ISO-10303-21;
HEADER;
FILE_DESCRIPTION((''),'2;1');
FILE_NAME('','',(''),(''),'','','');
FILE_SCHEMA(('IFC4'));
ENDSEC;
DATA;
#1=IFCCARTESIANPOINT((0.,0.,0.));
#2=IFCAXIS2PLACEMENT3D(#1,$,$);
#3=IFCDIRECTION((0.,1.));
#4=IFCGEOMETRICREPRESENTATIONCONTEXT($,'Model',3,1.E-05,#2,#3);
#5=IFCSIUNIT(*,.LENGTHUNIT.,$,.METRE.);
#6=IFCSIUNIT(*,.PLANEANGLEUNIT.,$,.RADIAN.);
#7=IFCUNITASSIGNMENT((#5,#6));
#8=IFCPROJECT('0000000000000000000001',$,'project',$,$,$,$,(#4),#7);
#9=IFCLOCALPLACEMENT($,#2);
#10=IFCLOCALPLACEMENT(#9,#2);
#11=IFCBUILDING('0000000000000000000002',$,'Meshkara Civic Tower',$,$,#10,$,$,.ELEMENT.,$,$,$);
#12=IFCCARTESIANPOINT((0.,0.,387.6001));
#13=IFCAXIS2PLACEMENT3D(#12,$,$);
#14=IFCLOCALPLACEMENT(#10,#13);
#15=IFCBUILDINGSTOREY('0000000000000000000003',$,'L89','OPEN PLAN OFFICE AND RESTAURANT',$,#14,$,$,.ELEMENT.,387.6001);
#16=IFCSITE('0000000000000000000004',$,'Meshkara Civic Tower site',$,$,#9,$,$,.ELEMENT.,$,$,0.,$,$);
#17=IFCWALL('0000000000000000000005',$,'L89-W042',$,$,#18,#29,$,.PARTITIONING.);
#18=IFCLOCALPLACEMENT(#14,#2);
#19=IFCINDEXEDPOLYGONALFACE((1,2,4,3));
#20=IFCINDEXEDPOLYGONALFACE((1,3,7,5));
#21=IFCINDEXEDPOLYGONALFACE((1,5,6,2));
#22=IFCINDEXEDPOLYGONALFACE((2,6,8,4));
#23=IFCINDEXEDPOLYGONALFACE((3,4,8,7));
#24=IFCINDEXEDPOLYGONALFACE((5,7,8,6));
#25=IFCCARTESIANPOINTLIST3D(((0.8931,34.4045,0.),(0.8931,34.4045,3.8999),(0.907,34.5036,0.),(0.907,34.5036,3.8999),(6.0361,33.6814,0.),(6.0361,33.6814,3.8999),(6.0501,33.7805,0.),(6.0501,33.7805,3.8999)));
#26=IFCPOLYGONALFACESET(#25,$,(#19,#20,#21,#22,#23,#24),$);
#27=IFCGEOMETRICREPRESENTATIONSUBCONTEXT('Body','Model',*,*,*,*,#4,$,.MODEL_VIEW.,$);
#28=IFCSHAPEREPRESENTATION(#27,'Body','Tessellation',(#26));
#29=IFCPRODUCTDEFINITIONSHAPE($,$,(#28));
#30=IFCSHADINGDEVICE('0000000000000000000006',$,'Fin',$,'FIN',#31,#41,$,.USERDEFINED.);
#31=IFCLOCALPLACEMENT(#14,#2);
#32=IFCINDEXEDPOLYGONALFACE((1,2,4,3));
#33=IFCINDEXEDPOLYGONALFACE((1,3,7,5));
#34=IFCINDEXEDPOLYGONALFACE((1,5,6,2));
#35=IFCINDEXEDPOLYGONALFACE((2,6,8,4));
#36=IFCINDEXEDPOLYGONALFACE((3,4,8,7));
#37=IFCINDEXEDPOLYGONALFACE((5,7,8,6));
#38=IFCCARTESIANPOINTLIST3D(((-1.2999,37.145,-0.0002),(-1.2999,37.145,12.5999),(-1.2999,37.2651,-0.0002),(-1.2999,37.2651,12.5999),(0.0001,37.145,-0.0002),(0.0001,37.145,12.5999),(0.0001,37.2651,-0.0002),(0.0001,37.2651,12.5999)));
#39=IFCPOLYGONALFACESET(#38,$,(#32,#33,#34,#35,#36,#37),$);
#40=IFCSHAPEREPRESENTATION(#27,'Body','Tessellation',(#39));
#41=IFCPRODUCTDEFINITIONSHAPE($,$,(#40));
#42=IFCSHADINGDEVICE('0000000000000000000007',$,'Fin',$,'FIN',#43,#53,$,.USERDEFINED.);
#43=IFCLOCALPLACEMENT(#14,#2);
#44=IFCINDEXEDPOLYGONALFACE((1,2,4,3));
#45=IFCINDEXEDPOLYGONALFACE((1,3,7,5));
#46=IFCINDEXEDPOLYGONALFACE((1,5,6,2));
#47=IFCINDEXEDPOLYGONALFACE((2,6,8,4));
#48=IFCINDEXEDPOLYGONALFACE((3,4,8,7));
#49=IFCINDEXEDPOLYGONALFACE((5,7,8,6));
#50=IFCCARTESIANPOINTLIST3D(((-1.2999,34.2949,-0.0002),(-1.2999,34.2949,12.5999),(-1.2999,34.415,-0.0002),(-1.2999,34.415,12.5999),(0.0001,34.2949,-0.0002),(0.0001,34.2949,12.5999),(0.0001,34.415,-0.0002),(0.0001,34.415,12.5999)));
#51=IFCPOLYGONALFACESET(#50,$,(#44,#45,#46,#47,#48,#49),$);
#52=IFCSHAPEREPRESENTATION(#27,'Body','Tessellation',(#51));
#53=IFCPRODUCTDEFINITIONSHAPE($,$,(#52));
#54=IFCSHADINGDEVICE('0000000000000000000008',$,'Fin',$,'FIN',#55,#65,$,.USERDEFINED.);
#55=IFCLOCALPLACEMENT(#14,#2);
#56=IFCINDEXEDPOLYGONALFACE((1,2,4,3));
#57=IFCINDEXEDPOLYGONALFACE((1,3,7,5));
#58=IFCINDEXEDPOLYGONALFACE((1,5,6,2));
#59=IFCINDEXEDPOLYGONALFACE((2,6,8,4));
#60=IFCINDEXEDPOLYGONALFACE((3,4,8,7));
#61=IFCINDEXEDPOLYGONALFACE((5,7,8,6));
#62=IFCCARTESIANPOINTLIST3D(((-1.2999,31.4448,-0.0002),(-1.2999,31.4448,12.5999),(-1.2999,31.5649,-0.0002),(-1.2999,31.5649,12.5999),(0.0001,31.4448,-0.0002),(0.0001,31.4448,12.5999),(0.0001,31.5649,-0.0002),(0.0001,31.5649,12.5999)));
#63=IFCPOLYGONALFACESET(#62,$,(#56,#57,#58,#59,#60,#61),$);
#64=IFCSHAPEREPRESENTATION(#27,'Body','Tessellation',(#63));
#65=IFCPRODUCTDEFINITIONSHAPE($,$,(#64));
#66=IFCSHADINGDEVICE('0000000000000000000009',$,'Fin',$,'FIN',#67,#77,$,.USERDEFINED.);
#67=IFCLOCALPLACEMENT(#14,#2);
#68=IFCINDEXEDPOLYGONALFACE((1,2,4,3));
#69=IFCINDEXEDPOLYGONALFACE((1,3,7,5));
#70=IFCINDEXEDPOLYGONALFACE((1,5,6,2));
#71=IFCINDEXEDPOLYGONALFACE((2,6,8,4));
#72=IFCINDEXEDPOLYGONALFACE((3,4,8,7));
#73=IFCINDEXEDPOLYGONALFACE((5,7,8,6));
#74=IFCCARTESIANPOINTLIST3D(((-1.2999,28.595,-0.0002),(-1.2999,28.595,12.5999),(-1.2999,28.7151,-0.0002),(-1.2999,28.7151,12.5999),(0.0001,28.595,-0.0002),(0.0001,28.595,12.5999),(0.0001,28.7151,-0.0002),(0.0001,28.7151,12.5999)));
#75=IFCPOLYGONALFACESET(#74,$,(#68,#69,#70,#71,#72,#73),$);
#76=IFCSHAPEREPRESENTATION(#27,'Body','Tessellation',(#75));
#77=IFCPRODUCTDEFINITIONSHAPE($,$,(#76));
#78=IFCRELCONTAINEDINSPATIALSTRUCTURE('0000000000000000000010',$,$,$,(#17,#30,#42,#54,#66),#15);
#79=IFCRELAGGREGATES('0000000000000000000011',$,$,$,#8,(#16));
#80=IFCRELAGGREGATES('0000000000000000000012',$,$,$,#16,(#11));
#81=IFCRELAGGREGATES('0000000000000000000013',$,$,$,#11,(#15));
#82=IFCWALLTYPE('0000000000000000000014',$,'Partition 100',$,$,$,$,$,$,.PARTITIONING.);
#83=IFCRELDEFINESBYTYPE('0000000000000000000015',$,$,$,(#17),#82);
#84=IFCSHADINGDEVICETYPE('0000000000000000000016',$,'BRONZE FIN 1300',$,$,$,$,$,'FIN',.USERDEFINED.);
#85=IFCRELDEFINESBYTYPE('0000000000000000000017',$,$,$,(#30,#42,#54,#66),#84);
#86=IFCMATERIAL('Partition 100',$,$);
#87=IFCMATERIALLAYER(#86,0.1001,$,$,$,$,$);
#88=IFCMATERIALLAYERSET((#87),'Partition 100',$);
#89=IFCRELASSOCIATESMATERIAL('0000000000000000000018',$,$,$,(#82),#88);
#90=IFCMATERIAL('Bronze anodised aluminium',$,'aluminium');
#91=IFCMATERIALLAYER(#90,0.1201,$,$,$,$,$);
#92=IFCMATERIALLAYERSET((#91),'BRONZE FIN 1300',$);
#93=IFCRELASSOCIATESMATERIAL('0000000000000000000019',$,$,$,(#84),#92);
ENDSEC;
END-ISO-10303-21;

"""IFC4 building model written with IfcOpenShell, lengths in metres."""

from ifc_helpers import new_model, si_unit, direction, frame, frame_2d, origin, origin_2d, place, context, subcontext, project, spatial, rectangle, extrude, material, layer, layer_set, type_object, element, save


model = new_model("IFC4")

# Units and contexts
model_context = context("Model", 3, precision=1e-05, world=origin(), true_north=direction((0.0, 1.0)))
body_context = subcontext(model_context, "Body", "Model", "MODEL_VIEW")
ifc_project = project(units=[si_unit("LENGTHUNIT", "METRE"), si_unit("PLANEANGLEUNIT", "RADIAN")], contexts=[model_context])

# Site, building, storey
site_placement = place(None, origin())
site = spatial("IfcSite", under=ifc_project, at=site_placement, Name="Meshkara Civic Tower site", CompositionType="ELEMENT", RefElevation=0.0)
building_placement = place(site_placement, origin())
building = spatial("IfcBuilding", under=site, at=building_placement, Name="Meshkara Civic Tower", CompositionType="ELEMENT")
storey_placement = place(building_placement, frame((0.0, 0.0, 387.6001)))
storey = spatial("IfcBuildingStorey", under=building, at=storey_placement, Name="L89", Description="OPEN PLAN OFFICE AND RESTAURANT", CompositionType="ELEMENT", Elevation=387.6001)

# Wall
ifc_material_1 = material(Name="Partition 100")
ifc_layer_1 = layer(ifc_material_1, 0.1001)
ifc_layer_set_1 = layer_set([ifc_layer_1], Name="Partition 100")
wall_type_1 = type_object("IfcWallType", Name="Partition 100", PredefinedType="PARTITIONING", material=ifc_layer_set_1)
wall_1_placement = place(storey_placement, frame((6.043, 33.731, 0.0), z_axis=(0.0, 0.0, 1.0), x_axis=(-0.990259, 0.139236, 0.0)))
element("IfcWall", 1, at=wall_1_placement, inside=storey, type_object=wall_type_1, Name="L89-W042", PredefinedType="PARTITIONING", context=body_context, shape_type="SweptSolid", body=[
    extrude(rectangle(XDim=5.1936, YDim=0.1001, at=frame_2d((2.5967, 0.0))), origin(), (0.0, 0.0, 1.0), 3.8999),
])

# Shading devices
ifc_material_2 = material(Name="Bronze anodised aluminium", Category="aluminium")
ifc_layer_2 = layer(ifc_material_2, 0.1201)
ifc_layer_set_2 = layer_set([ifc_layer_2], Name="BRONZE FIN 1300")
shading_device_type = type_object("IfcShadingDeviceType", Name="BRONZE FIN 1300", ElementType="FIN", PredefinedType="USERDEFINED", material=ifc_layer_set_2)
for number, where, z_axis, x_axis, name in (
    (2, (-0.6499, 37.2051, -0.0002), (0.0, 0.0, 1.0), (0.0, -1.0, 0.0), "Fin"),
    (3, (-0.6499, 34.355, -0.0002), (0.0, 0.0, 1.0), (0.0, -1.0, 0.0), "Fin"),
    (4, (-0.6499, 31.5049, -0.0002), (0.0, 0.0, 1.0), (0.0, -1.0, 0.0), "Fin"),
    (5, (-0.6499, 28.655, -0.0002), (0.0, 0.0, 1.0), (0.0, -1.0, 0.0), "Fin"),
):
    element("IfcShadingDevice", number, at=place(storey_placement, frame(where, z_axis=z_axis, x_axis=x_axis)), inside=storey, type_object=shading_device_type, Name=name, ObjectType="FIN", PredefinedType="USERDEFINED", context=body_context, shape_type="SweptSolid", body=[
        extrude(rectangle(XDim=0.1201, YDim=1.3, at=origin_2d()), origin(), (0.0, 0.0, 1.0), 12.6001),
    ])

save(model, "model.ifc")
